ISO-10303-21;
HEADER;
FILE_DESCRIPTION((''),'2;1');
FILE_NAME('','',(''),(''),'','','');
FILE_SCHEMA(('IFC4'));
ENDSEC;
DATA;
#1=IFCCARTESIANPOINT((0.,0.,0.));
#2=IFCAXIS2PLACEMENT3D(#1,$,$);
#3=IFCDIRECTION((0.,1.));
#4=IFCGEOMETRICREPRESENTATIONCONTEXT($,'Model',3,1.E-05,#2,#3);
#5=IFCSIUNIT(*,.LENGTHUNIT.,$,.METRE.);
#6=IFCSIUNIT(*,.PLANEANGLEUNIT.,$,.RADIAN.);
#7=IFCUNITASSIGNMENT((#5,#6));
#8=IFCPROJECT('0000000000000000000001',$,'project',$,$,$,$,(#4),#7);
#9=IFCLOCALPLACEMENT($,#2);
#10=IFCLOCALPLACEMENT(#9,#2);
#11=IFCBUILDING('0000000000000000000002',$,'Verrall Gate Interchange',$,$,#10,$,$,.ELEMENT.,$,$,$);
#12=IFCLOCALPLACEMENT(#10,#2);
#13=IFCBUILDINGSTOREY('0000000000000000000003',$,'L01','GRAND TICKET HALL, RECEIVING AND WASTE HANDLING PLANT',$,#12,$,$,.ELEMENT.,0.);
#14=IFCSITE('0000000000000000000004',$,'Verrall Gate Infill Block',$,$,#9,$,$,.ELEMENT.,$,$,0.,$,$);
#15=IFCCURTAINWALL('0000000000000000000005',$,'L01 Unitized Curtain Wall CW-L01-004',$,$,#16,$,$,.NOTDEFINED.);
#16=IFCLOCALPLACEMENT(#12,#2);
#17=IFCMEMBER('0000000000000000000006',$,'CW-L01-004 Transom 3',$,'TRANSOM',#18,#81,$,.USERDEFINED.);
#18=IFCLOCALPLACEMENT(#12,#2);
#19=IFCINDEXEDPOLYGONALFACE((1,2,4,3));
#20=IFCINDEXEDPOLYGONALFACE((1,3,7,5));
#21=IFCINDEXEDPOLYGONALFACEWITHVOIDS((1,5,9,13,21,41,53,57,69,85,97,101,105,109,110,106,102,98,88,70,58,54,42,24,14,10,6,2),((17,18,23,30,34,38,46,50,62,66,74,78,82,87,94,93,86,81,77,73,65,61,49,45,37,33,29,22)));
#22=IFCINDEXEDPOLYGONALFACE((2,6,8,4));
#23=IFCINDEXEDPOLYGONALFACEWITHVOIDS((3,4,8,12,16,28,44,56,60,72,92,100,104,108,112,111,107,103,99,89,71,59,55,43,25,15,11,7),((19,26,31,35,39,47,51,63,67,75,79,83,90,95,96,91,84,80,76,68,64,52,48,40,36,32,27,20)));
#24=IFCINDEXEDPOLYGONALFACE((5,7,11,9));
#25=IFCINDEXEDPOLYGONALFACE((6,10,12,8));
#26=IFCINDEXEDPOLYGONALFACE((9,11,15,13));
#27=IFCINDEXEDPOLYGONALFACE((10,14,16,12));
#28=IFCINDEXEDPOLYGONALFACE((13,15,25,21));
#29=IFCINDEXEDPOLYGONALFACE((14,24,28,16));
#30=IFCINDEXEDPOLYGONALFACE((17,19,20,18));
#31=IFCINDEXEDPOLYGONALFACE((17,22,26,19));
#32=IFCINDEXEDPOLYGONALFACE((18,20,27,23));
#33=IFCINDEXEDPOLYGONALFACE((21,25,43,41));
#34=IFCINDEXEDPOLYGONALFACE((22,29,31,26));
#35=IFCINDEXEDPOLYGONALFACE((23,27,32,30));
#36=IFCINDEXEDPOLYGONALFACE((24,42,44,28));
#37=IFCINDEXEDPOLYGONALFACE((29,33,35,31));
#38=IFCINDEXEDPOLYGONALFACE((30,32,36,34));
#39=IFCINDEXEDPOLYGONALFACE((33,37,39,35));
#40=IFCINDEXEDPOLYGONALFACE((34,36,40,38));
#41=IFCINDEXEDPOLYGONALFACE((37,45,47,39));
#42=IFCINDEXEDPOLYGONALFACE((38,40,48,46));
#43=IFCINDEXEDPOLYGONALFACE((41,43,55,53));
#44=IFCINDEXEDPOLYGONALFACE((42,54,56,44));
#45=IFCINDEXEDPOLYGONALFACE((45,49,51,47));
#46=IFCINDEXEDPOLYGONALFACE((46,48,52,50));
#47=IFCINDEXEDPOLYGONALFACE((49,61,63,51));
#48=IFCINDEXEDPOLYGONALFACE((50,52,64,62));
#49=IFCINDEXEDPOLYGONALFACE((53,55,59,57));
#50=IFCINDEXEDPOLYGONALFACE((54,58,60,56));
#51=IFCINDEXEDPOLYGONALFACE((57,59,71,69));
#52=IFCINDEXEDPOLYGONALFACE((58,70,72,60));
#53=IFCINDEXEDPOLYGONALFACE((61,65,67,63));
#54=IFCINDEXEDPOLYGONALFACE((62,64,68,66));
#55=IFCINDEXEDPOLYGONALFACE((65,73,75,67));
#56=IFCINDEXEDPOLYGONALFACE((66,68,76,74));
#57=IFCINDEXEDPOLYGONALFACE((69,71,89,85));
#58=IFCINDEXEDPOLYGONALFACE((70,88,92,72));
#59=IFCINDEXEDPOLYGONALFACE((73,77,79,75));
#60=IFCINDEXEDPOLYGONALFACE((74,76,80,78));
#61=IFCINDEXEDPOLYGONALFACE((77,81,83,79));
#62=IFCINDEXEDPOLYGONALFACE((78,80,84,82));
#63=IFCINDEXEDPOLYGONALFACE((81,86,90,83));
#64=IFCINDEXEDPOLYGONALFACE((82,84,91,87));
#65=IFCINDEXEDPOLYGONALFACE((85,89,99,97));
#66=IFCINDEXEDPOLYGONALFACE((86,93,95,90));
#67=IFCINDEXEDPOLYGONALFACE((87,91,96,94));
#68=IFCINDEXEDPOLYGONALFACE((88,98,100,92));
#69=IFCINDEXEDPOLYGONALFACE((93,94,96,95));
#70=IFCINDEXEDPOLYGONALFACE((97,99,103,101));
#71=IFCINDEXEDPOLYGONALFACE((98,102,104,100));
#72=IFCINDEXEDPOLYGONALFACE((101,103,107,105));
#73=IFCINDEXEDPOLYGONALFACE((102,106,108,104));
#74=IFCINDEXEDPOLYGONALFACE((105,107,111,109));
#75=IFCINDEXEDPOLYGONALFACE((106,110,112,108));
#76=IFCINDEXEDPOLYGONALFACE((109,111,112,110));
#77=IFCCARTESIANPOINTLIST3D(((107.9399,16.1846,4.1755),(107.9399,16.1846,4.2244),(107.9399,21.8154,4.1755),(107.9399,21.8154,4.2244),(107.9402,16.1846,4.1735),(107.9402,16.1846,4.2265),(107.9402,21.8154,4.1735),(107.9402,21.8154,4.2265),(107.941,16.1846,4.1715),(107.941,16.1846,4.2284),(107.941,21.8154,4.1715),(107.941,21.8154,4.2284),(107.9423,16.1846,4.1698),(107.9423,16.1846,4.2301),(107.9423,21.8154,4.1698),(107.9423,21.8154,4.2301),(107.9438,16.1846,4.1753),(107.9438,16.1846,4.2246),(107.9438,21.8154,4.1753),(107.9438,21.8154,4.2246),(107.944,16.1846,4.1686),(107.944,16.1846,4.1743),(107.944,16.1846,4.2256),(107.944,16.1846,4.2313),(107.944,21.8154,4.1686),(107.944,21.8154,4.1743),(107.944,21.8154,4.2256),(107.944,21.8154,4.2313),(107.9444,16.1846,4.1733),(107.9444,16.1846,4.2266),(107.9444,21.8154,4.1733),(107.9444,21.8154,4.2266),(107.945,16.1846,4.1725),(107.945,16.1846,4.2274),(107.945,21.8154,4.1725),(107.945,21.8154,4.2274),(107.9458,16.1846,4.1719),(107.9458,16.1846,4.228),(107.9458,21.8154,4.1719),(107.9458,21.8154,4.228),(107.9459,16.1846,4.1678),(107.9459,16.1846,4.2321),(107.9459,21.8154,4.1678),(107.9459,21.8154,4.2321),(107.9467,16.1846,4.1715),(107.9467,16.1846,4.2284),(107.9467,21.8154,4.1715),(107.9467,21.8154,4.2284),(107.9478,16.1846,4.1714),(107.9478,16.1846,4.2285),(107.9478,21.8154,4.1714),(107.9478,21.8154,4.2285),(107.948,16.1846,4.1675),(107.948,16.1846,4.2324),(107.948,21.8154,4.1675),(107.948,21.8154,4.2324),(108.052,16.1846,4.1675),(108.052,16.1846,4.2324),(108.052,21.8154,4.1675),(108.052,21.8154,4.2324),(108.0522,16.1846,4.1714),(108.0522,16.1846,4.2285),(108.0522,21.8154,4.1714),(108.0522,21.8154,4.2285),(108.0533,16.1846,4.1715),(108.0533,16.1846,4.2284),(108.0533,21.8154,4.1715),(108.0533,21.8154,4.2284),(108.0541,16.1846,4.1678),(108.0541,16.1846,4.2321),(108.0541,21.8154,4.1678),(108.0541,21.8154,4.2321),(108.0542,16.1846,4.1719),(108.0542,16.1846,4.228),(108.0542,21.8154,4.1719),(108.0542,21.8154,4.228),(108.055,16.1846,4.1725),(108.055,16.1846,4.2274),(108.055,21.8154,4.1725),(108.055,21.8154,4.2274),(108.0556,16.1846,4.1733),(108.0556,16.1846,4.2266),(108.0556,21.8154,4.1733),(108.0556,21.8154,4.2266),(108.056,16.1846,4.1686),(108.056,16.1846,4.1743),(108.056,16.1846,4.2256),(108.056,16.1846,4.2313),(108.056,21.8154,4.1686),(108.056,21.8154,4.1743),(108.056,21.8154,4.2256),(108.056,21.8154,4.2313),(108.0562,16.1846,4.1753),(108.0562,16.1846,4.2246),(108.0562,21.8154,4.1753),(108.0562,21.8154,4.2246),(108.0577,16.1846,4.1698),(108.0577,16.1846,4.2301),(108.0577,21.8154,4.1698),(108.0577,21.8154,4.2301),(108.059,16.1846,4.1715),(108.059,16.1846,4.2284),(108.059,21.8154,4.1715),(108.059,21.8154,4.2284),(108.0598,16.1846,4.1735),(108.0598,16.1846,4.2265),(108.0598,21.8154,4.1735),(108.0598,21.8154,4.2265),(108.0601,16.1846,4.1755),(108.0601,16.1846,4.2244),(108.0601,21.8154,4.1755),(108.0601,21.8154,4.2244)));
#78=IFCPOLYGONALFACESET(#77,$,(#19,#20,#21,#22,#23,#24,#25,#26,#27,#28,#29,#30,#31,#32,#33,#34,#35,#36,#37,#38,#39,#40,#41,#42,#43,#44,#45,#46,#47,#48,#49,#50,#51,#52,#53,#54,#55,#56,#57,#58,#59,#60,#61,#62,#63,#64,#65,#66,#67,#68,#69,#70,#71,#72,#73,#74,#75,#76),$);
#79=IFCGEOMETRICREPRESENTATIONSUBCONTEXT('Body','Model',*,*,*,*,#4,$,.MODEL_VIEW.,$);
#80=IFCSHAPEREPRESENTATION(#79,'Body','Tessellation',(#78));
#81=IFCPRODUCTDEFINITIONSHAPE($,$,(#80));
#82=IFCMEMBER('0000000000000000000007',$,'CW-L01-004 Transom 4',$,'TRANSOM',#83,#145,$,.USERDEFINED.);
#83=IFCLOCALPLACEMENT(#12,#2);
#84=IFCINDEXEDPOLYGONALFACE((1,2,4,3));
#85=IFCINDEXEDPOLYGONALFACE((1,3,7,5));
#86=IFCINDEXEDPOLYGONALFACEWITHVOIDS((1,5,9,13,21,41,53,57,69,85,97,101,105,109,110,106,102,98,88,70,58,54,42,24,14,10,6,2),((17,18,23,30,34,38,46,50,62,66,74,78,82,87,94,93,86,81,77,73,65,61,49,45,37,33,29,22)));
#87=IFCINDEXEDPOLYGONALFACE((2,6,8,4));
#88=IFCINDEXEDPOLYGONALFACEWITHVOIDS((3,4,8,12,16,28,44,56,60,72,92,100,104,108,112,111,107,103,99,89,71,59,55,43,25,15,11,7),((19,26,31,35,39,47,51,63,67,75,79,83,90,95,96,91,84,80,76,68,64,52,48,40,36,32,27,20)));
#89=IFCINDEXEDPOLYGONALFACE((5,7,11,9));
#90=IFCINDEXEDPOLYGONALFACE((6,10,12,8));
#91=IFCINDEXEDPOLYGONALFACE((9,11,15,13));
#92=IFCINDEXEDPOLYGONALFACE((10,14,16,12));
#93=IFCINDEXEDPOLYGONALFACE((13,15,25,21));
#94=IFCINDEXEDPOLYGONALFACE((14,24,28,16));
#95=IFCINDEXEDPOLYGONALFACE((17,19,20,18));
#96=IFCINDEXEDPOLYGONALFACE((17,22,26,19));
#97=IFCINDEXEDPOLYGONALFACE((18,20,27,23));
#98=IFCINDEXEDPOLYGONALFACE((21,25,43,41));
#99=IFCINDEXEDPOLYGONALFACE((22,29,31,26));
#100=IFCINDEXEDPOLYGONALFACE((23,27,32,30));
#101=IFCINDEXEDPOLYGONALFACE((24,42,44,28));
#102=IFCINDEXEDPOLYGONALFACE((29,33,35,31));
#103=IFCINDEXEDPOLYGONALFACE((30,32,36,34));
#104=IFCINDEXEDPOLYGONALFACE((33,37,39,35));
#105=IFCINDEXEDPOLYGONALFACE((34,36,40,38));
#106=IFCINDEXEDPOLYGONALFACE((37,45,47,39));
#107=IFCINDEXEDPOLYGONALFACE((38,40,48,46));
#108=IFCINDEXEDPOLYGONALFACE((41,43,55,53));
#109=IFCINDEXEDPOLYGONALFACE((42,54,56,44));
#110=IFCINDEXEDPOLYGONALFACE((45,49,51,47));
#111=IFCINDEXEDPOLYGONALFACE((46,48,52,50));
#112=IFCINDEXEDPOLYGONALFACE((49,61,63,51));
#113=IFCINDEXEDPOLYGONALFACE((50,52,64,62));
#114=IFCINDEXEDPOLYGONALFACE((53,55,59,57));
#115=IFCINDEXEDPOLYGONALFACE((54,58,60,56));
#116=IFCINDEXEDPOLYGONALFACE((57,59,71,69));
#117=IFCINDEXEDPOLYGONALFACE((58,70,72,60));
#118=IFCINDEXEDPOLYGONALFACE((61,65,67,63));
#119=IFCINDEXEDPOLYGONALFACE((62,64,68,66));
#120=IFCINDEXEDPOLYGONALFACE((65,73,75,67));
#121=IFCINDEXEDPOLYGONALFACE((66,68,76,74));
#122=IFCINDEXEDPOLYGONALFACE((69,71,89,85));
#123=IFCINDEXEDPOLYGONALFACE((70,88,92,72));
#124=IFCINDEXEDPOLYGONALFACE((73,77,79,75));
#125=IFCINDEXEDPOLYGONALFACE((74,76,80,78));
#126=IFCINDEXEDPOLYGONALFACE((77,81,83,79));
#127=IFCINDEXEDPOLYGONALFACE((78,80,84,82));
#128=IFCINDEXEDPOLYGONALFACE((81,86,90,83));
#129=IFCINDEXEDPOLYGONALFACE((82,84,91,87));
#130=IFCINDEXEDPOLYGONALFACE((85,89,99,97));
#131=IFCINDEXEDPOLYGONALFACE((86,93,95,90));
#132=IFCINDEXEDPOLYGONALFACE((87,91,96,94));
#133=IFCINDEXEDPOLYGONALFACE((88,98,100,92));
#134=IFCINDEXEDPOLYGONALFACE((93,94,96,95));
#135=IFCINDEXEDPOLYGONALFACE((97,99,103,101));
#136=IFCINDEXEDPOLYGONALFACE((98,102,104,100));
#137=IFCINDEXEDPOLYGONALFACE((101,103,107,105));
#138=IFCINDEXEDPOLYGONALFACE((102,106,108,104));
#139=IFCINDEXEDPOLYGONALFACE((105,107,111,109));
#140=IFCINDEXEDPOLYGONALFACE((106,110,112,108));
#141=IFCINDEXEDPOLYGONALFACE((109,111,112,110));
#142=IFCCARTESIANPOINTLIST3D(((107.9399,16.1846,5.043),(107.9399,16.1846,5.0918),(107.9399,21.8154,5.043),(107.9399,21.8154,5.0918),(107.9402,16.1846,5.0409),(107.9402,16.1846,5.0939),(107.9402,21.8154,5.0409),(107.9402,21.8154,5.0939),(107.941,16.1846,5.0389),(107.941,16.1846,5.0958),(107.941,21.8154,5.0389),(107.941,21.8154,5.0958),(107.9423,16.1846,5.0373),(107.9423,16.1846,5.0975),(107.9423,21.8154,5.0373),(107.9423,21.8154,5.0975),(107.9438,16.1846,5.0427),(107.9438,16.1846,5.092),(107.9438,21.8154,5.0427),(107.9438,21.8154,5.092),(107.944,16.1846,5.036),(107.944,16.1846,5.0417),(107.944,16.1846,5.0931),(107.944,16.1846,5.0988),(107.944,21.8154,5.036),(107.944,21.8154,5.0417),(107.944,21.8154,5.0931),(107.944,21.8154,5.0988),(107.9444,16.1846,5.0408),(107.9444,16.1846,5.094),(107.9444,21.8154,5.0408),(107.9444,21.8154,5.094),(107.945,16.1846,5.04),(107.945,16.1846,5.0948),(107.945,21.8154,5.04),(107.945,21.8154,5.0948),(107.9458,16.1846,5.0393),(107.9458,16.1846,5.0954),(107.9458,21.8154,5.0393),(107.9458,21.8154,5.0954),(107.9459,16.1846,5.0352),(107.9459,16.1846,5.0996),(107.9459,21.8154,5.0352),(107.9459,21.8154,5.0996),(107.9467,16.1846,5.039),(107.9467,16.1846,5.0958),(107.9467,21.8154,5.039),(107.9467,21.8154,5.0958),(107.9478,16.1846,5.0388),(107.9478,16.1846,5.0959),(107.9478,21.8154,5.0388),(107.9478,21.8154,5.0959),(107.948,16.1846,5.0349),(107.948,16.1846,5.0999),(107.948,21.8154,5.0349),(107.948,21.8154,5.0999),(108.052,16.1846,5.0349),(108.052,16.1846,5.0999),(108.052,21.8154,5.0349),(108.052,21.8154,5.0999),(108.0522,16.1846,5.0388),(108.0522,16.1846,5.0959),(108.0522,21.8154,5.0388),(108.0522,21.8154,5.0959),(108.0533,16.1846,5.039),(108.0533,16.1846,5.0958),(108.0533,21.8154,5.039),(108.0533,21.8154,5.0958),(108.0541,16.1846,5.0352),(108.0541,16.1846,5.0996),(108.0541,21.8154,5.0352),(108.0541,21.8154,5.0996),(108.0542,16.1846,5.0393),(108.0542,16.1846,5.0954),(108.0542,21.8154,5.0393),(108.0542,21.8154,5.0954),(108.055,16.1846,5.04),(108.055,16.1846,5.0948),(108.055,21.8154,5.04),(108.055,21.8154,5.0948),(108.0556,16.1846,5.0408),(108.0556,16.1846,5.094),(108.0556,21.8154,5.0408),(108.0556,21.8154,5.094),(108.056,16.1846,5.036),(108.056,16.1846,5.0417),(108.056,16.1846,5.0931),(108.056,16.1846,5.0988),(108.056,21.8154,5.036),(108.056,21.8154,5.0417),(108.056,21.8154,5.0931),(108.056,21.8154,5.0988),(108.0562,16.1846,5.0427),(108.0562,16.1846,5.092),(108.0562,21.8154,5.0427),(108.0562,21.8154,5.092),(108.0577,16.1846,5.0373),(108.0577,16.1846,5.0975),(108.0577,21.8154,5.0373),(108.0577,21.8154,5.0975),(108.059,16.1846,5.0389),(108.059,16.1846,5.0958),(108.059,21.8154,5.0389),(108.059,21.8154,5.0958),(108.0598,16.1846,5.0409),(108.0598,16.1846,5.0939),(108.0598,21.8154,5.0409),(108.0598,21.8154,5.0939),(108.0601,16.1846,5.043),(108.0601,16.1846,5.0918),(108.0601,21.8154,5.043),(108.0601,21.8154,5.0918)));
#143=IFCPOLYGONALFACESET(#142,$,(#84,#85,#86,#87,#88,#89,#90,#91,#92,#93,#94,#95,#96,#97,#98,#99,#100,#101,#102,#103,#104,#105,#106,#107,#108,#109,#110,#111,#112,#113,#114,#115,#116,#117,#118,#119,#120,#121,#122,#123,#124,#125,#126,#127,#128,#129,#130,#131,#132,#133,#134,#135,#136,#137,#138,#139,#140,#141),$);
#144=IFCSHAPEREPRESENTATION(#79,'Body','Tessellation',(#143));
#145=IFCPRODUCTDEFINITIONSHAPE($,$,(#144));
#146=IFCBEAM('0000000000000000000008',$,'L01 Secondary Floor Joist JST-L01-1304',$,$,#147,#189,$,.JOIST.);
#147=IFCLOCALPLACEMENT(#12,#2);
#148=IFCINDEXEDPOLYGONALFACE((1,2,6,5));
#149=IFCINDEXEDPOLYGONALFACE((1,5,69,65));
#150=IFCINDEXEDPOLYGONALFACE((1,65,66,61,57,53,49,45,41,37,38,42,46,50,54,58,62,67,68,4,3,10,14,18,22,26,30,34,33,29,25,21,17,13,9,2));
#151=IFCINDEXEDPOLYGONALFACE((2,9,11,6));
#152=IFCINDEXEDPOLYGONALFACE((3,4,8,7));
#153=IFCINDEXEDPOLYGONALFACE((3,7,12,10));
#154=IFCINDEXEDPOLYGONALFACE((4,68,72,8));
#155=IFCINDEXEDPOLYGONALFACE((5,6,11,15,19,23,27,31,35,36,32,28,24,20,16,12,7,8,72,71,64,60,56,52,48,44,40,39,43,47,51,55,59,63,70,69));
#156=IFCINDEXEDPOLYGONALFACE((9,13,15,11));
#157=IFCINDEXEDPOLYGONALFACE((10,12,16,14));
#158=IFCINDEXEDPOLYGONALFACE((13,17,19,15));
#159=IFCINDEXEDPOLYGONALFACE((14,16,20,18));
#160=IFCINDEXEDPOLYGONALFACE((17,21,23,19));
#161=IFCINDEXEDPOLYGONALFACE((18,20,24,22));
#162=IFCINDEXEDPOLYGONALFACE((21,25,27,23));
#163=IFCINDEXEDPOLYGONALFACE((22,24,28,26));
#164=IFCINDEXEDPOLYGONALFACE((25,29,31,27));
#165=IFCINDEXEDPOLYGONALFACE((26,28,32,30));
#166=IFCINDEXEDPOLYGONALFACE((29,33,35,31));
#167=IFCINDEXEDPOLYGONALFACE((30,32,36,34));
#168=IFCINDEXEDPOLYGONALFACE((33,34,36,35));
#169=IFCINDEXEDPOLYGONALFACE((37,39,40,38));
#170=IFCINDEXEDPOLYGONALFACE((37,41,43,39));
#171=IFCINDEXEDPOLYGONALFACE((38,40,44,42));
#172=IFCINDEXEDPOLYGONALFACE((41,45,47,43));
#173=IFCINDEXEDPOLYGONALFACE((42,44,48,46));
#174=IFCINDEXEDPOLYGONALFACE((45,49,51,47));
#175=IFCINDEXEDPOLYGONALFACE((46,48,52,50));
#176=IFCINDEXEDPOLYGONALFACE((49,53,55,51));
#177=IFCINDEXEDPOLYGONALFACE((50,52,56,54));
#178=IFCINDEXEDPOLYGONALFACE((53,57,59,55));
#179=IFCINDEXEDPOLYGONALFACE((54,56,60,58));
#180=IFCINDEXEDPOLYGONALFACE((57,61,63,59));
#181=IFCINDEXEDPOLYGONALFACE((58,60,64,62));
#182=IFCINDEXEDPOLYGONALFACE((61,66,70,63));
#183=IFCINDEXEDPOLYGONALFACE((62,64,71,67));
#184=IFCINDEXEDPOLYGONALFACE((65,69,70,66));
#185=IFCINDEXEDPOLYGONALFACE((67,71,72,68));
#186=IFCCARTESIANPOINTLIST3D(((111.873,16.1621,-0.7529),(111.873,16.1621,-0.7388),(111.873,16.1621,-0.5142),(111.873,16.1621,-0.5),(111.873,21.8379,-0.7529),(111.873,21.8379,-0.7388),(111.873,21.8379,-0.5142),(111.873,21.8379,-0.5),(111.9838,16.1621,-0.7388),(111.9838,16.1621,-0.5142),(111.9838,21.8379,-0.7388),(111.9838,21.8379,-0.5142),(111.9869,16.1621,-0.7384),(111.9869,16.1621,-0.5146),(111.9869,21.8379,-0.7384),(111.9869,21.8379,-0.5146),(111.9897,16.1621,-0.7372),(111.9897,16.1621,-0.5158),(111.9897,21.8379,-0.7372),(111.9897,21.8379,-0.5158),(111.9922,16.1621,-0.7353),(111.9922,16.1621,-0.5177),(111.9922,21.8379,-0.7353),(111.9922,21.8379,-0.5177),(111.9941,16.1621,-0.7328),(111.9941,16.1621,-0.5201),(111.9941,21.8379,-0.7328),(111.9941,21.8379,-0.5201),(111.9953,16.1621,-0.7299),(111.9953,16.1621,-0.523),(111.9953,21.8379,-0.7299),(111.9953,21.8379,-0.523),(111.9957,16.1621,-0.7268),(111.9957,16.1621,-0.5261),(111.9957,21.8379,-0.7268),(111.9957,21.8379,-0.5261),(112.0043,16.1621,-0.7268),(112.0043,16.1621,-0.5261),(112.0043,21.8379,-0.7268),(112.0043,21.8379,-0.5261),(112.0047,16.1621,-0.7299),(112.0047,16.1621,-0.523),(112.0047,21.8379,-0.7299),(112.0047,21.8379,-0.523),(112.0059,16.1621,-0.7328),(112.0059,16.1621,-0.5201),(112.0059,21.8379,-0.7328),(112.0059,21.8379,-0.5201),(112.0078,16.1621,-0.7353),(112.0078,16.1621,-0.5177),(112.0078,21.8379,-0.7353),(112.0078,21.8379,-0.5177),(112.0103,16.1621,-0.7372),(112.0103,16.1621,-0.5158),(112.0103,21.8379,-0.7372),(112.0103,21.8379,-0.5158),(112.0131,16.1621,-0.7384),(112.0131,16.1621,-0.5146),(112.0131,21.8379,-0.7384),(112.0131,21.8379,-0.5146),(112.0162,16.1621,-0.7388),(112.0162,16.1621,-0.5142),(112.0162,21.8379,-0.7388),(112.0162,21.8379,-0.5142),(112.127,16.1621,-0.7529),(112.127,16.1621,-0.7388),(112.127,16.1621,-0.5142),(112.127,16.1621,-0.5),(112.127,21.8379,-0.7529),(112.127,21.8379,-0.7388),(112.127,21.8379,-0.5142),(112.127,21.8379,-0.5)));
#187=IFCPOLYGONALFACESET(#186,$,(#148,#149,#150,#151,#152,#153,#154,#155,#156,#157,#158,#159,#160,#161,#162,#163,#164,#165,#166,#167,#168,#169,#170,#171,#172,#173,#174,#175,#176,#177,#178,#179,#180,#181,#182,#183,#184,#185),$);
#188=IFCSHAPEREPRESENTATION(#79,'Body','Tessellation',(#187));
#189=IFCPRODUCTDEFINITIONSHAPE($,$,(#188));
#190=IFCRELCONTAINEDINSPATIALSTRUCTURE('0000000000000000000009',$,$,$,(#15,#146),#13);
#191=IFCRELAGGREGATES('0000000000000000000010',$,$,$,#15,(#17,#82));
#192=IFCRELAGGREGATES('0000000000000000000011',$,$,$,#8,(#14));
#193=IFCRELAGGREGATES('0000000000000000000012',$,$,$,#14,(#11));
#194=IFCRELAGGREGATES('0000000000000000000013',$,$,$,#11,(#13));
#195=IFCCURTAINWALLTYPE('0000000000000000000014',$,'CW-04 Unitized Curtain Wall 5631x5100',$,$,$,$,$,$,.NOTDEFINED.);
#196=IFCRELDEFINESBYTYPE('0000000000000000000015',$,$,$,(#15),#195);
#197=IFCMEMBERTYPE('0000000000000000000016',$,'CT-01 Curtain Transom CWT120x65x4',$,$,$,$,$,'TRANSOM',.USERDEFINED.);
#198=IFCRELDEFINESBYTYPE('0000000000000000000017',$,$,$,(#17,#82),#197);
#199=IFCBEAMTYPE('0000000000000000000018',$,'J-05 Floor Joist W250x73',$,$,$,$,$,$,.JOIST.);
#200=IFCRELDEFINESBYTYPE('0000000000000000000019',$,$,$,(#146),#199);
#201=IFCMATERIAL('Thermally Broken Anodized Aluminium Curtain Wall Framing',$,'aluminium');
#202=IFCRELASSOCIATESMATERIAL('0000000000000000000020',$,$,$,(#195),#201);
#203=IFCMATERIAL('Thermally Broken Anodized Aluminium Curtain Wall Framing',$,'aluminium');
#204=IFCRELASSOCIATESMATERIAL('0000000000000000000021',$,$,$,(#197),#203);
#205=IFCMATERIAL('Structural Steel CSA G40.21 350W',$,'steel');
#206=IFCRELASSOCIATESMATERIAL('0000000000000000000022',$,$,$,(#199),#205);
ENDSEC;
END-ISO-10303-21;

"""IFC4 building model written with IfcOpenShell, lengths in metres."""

from ifc_helpers import new_model, si_unit, direction, frame, origin, origin_2d, place, context, subcontext, project, spatial, hollow_rectangle, i_section, extrude, material, material_profile, profile_set, type_object, element, aggregate, save


model = new_model("IFC4")

# Units and contexts
model_context = context("Model", 3, precision=1e-05, world=origin(), true_north=direction((0.0, 1.0)))
body_context = subcontext(model_context, "Body", "Model", "MODEL_VIEW")
ifc_project = project(units=[si_unit("LENGTHUNIT", "METRE"), si_unit("PLANEANGLEUNIT", "RADIAN")], contexts=[model_context])

# Site, building, storey
site_placement = place(None, origin())
site = spatial("IfcSite", under=ifc_project, at=site_placement, Name="Verrall Gate Infill Block", CompositionType="ELEMENT", RefElevation=0.0)
building_placement = place(site_placement, origin())
building = spatial("IfcBuilding", under=site, at=building_placement, Name="Verrall Gate Interchange", CompositionType="ELEMENT")
storey_placement = place(building_placement, origin())
storey = spatial("IfcBuildingStorey", under=building, at=storey_placement, Name="L01", Description="GRAND TICKET HALL, RECEIVING AND WASTE HANDLING PLANT", CompositionType="ELEMENT", Elevation=0.0)

# Curtain wall
ifc_material_1 = material(Name="Thermally Broken Anodized Aluminium Curtain Wall Framing", Category="aluminium")
curtain_wall_type_1 = type_object("IfcCurtainWallType", Name="CW-04 Unitized Curtain Wall 5631x5100", PredefinedType="NOTDEFINED", material=ifc_material_1)
curtain_wall_1_placement = place(storey_placement, origin())
curtain_wall_1 = element("IfcCurtainWall", 1, at=curtain_wall_1_placement, inside=storey, type_object=curtain_wall_type_1, Name="L01 Unitized Curtain Wall CW-L01-004", PredefinedType="NOTDEFINED")

# Members
ifc_material_2 = material(Name="Thermally Broken Anodized Aluminium Curtain Wall Framing", Category="aluminium")
ifc_material_profile_1 = material_profile(ifc_material_2, hollow_rectangle(XDim=0.1201, YDim=0.0649, WallThickness=0.0039, InnerFilletRadius=0.0039, OuterFilletRadius=0.0081, at=origin_2d()), Name="CWT120x65x4")
ifc_profile_set_1 = profile_set([ifc_material_profile_1], Name="Thermally Broken Anodized Aluminium Curtain Wall Framing")
member_type_1 = type_object("IfcMemberType", Name="CT-01 Curtain Transom CWT120x65x4", ElementType="TRANSOM", PredefinedType="USERDEFINED", material=ifc_profile_set_1)
member_1_placement = place(storey_placement, frame((108.0, 16.1846, 4.2), z_axis=(0.0, 1.0, 0.0), x_axis=(-1.0, 0.0, 0.0)))
member_1 = element("IfcMember", 2, at=member_1_placement, type_object=member_type_1, Name="CW-L01-004 Transom 3", ObjectType="TRANSOM", PredefinedType="USERDEFINED", context=body_context, shape_type="SweptSolid", body=[
    extrude(hollow_rectangle(XDim=0.1201, YDim=0.0649, WallThickness=0.0039, InnerFilletRadius=0.0039, OuterFilletRadius=0.0081, at=origin_2d()), origin(), (0.0, 0.0, 1.0), 5.6309),
])
member_2_placement = place(storey_placement, frame((108.0, 16.1846, 5.0674), z_axis=(0.0, 1.0, 0.0), x_axis=(-1.0, 0.0, 0.0)))
member_2 = element("IfcMember", 3, at=member_2_placement, type_object=member_type_1, Name="CW-L01-004 Transom 4", ObjectType="TRANSOM", PredefinedType="USERDEFINED", context=body_context, shape_type="SweptSolid", body=[
    extrude(hollow_rectangle(XDim=0.1201, YDim=0.0649, WallThickness=0.0039, InnerFilletRadius=0.0039, OuterFilletRadius=0.0081, at=origin_2d()), origin(), (0.0, 0.0, 1.0), 5.6309),
])

# Beam
ifc_material_3 = material(Name="Structural Steel CSA G40.21 350W", Category="steel")
ifc_material_profile_2 = material_profile(ifc_material_3, i_section(OverallWidth=0.2539, OverallDepth=0.2529, WebThickness=0.0085, FlangeThickness=0.0142, FilletRadius=0.012, at=origin_2d()), Name="W250x73")
ifc_profile_set_2 = profile_set([ifc_material_profile_2], Name="Structural Steel CSA G40.21 350W")
beam_type_1 = type_object("IfcBeamType", Name="J-05 Floor Joist W250x73", PredefinedType="JOIST", material=ifc_profile_set_2)
beam_1_placement = place(storey_placement, frame((112.0, 16.1621, -0.6265), z_axis=(0.0, 1.0, 0.0), x_axis=(-1.0, 0.0, 0.0)))
element("IfcBeam", 4, at=beam_1_placement, inside=storey, type_object=beam_type_1, Name="L01 Secondary Floor Joist JST-L01-1304", PredefinedType="JOIST", context=body_context, shape_type="SweptSolid", body=[
    extrude(i_section(OverallWidth=0.2539, OverallDepth=0.2529, WebThickness=0.0085, FlangeThickness=0.0142, FilletRadius=0.012, at=origin_2d()), origin(), (0.0, 0.0, 1.0), 5.6758),
])

aggregate(curtain_wall_1, [member_1, member_2])

save(model, "model.ifc")
